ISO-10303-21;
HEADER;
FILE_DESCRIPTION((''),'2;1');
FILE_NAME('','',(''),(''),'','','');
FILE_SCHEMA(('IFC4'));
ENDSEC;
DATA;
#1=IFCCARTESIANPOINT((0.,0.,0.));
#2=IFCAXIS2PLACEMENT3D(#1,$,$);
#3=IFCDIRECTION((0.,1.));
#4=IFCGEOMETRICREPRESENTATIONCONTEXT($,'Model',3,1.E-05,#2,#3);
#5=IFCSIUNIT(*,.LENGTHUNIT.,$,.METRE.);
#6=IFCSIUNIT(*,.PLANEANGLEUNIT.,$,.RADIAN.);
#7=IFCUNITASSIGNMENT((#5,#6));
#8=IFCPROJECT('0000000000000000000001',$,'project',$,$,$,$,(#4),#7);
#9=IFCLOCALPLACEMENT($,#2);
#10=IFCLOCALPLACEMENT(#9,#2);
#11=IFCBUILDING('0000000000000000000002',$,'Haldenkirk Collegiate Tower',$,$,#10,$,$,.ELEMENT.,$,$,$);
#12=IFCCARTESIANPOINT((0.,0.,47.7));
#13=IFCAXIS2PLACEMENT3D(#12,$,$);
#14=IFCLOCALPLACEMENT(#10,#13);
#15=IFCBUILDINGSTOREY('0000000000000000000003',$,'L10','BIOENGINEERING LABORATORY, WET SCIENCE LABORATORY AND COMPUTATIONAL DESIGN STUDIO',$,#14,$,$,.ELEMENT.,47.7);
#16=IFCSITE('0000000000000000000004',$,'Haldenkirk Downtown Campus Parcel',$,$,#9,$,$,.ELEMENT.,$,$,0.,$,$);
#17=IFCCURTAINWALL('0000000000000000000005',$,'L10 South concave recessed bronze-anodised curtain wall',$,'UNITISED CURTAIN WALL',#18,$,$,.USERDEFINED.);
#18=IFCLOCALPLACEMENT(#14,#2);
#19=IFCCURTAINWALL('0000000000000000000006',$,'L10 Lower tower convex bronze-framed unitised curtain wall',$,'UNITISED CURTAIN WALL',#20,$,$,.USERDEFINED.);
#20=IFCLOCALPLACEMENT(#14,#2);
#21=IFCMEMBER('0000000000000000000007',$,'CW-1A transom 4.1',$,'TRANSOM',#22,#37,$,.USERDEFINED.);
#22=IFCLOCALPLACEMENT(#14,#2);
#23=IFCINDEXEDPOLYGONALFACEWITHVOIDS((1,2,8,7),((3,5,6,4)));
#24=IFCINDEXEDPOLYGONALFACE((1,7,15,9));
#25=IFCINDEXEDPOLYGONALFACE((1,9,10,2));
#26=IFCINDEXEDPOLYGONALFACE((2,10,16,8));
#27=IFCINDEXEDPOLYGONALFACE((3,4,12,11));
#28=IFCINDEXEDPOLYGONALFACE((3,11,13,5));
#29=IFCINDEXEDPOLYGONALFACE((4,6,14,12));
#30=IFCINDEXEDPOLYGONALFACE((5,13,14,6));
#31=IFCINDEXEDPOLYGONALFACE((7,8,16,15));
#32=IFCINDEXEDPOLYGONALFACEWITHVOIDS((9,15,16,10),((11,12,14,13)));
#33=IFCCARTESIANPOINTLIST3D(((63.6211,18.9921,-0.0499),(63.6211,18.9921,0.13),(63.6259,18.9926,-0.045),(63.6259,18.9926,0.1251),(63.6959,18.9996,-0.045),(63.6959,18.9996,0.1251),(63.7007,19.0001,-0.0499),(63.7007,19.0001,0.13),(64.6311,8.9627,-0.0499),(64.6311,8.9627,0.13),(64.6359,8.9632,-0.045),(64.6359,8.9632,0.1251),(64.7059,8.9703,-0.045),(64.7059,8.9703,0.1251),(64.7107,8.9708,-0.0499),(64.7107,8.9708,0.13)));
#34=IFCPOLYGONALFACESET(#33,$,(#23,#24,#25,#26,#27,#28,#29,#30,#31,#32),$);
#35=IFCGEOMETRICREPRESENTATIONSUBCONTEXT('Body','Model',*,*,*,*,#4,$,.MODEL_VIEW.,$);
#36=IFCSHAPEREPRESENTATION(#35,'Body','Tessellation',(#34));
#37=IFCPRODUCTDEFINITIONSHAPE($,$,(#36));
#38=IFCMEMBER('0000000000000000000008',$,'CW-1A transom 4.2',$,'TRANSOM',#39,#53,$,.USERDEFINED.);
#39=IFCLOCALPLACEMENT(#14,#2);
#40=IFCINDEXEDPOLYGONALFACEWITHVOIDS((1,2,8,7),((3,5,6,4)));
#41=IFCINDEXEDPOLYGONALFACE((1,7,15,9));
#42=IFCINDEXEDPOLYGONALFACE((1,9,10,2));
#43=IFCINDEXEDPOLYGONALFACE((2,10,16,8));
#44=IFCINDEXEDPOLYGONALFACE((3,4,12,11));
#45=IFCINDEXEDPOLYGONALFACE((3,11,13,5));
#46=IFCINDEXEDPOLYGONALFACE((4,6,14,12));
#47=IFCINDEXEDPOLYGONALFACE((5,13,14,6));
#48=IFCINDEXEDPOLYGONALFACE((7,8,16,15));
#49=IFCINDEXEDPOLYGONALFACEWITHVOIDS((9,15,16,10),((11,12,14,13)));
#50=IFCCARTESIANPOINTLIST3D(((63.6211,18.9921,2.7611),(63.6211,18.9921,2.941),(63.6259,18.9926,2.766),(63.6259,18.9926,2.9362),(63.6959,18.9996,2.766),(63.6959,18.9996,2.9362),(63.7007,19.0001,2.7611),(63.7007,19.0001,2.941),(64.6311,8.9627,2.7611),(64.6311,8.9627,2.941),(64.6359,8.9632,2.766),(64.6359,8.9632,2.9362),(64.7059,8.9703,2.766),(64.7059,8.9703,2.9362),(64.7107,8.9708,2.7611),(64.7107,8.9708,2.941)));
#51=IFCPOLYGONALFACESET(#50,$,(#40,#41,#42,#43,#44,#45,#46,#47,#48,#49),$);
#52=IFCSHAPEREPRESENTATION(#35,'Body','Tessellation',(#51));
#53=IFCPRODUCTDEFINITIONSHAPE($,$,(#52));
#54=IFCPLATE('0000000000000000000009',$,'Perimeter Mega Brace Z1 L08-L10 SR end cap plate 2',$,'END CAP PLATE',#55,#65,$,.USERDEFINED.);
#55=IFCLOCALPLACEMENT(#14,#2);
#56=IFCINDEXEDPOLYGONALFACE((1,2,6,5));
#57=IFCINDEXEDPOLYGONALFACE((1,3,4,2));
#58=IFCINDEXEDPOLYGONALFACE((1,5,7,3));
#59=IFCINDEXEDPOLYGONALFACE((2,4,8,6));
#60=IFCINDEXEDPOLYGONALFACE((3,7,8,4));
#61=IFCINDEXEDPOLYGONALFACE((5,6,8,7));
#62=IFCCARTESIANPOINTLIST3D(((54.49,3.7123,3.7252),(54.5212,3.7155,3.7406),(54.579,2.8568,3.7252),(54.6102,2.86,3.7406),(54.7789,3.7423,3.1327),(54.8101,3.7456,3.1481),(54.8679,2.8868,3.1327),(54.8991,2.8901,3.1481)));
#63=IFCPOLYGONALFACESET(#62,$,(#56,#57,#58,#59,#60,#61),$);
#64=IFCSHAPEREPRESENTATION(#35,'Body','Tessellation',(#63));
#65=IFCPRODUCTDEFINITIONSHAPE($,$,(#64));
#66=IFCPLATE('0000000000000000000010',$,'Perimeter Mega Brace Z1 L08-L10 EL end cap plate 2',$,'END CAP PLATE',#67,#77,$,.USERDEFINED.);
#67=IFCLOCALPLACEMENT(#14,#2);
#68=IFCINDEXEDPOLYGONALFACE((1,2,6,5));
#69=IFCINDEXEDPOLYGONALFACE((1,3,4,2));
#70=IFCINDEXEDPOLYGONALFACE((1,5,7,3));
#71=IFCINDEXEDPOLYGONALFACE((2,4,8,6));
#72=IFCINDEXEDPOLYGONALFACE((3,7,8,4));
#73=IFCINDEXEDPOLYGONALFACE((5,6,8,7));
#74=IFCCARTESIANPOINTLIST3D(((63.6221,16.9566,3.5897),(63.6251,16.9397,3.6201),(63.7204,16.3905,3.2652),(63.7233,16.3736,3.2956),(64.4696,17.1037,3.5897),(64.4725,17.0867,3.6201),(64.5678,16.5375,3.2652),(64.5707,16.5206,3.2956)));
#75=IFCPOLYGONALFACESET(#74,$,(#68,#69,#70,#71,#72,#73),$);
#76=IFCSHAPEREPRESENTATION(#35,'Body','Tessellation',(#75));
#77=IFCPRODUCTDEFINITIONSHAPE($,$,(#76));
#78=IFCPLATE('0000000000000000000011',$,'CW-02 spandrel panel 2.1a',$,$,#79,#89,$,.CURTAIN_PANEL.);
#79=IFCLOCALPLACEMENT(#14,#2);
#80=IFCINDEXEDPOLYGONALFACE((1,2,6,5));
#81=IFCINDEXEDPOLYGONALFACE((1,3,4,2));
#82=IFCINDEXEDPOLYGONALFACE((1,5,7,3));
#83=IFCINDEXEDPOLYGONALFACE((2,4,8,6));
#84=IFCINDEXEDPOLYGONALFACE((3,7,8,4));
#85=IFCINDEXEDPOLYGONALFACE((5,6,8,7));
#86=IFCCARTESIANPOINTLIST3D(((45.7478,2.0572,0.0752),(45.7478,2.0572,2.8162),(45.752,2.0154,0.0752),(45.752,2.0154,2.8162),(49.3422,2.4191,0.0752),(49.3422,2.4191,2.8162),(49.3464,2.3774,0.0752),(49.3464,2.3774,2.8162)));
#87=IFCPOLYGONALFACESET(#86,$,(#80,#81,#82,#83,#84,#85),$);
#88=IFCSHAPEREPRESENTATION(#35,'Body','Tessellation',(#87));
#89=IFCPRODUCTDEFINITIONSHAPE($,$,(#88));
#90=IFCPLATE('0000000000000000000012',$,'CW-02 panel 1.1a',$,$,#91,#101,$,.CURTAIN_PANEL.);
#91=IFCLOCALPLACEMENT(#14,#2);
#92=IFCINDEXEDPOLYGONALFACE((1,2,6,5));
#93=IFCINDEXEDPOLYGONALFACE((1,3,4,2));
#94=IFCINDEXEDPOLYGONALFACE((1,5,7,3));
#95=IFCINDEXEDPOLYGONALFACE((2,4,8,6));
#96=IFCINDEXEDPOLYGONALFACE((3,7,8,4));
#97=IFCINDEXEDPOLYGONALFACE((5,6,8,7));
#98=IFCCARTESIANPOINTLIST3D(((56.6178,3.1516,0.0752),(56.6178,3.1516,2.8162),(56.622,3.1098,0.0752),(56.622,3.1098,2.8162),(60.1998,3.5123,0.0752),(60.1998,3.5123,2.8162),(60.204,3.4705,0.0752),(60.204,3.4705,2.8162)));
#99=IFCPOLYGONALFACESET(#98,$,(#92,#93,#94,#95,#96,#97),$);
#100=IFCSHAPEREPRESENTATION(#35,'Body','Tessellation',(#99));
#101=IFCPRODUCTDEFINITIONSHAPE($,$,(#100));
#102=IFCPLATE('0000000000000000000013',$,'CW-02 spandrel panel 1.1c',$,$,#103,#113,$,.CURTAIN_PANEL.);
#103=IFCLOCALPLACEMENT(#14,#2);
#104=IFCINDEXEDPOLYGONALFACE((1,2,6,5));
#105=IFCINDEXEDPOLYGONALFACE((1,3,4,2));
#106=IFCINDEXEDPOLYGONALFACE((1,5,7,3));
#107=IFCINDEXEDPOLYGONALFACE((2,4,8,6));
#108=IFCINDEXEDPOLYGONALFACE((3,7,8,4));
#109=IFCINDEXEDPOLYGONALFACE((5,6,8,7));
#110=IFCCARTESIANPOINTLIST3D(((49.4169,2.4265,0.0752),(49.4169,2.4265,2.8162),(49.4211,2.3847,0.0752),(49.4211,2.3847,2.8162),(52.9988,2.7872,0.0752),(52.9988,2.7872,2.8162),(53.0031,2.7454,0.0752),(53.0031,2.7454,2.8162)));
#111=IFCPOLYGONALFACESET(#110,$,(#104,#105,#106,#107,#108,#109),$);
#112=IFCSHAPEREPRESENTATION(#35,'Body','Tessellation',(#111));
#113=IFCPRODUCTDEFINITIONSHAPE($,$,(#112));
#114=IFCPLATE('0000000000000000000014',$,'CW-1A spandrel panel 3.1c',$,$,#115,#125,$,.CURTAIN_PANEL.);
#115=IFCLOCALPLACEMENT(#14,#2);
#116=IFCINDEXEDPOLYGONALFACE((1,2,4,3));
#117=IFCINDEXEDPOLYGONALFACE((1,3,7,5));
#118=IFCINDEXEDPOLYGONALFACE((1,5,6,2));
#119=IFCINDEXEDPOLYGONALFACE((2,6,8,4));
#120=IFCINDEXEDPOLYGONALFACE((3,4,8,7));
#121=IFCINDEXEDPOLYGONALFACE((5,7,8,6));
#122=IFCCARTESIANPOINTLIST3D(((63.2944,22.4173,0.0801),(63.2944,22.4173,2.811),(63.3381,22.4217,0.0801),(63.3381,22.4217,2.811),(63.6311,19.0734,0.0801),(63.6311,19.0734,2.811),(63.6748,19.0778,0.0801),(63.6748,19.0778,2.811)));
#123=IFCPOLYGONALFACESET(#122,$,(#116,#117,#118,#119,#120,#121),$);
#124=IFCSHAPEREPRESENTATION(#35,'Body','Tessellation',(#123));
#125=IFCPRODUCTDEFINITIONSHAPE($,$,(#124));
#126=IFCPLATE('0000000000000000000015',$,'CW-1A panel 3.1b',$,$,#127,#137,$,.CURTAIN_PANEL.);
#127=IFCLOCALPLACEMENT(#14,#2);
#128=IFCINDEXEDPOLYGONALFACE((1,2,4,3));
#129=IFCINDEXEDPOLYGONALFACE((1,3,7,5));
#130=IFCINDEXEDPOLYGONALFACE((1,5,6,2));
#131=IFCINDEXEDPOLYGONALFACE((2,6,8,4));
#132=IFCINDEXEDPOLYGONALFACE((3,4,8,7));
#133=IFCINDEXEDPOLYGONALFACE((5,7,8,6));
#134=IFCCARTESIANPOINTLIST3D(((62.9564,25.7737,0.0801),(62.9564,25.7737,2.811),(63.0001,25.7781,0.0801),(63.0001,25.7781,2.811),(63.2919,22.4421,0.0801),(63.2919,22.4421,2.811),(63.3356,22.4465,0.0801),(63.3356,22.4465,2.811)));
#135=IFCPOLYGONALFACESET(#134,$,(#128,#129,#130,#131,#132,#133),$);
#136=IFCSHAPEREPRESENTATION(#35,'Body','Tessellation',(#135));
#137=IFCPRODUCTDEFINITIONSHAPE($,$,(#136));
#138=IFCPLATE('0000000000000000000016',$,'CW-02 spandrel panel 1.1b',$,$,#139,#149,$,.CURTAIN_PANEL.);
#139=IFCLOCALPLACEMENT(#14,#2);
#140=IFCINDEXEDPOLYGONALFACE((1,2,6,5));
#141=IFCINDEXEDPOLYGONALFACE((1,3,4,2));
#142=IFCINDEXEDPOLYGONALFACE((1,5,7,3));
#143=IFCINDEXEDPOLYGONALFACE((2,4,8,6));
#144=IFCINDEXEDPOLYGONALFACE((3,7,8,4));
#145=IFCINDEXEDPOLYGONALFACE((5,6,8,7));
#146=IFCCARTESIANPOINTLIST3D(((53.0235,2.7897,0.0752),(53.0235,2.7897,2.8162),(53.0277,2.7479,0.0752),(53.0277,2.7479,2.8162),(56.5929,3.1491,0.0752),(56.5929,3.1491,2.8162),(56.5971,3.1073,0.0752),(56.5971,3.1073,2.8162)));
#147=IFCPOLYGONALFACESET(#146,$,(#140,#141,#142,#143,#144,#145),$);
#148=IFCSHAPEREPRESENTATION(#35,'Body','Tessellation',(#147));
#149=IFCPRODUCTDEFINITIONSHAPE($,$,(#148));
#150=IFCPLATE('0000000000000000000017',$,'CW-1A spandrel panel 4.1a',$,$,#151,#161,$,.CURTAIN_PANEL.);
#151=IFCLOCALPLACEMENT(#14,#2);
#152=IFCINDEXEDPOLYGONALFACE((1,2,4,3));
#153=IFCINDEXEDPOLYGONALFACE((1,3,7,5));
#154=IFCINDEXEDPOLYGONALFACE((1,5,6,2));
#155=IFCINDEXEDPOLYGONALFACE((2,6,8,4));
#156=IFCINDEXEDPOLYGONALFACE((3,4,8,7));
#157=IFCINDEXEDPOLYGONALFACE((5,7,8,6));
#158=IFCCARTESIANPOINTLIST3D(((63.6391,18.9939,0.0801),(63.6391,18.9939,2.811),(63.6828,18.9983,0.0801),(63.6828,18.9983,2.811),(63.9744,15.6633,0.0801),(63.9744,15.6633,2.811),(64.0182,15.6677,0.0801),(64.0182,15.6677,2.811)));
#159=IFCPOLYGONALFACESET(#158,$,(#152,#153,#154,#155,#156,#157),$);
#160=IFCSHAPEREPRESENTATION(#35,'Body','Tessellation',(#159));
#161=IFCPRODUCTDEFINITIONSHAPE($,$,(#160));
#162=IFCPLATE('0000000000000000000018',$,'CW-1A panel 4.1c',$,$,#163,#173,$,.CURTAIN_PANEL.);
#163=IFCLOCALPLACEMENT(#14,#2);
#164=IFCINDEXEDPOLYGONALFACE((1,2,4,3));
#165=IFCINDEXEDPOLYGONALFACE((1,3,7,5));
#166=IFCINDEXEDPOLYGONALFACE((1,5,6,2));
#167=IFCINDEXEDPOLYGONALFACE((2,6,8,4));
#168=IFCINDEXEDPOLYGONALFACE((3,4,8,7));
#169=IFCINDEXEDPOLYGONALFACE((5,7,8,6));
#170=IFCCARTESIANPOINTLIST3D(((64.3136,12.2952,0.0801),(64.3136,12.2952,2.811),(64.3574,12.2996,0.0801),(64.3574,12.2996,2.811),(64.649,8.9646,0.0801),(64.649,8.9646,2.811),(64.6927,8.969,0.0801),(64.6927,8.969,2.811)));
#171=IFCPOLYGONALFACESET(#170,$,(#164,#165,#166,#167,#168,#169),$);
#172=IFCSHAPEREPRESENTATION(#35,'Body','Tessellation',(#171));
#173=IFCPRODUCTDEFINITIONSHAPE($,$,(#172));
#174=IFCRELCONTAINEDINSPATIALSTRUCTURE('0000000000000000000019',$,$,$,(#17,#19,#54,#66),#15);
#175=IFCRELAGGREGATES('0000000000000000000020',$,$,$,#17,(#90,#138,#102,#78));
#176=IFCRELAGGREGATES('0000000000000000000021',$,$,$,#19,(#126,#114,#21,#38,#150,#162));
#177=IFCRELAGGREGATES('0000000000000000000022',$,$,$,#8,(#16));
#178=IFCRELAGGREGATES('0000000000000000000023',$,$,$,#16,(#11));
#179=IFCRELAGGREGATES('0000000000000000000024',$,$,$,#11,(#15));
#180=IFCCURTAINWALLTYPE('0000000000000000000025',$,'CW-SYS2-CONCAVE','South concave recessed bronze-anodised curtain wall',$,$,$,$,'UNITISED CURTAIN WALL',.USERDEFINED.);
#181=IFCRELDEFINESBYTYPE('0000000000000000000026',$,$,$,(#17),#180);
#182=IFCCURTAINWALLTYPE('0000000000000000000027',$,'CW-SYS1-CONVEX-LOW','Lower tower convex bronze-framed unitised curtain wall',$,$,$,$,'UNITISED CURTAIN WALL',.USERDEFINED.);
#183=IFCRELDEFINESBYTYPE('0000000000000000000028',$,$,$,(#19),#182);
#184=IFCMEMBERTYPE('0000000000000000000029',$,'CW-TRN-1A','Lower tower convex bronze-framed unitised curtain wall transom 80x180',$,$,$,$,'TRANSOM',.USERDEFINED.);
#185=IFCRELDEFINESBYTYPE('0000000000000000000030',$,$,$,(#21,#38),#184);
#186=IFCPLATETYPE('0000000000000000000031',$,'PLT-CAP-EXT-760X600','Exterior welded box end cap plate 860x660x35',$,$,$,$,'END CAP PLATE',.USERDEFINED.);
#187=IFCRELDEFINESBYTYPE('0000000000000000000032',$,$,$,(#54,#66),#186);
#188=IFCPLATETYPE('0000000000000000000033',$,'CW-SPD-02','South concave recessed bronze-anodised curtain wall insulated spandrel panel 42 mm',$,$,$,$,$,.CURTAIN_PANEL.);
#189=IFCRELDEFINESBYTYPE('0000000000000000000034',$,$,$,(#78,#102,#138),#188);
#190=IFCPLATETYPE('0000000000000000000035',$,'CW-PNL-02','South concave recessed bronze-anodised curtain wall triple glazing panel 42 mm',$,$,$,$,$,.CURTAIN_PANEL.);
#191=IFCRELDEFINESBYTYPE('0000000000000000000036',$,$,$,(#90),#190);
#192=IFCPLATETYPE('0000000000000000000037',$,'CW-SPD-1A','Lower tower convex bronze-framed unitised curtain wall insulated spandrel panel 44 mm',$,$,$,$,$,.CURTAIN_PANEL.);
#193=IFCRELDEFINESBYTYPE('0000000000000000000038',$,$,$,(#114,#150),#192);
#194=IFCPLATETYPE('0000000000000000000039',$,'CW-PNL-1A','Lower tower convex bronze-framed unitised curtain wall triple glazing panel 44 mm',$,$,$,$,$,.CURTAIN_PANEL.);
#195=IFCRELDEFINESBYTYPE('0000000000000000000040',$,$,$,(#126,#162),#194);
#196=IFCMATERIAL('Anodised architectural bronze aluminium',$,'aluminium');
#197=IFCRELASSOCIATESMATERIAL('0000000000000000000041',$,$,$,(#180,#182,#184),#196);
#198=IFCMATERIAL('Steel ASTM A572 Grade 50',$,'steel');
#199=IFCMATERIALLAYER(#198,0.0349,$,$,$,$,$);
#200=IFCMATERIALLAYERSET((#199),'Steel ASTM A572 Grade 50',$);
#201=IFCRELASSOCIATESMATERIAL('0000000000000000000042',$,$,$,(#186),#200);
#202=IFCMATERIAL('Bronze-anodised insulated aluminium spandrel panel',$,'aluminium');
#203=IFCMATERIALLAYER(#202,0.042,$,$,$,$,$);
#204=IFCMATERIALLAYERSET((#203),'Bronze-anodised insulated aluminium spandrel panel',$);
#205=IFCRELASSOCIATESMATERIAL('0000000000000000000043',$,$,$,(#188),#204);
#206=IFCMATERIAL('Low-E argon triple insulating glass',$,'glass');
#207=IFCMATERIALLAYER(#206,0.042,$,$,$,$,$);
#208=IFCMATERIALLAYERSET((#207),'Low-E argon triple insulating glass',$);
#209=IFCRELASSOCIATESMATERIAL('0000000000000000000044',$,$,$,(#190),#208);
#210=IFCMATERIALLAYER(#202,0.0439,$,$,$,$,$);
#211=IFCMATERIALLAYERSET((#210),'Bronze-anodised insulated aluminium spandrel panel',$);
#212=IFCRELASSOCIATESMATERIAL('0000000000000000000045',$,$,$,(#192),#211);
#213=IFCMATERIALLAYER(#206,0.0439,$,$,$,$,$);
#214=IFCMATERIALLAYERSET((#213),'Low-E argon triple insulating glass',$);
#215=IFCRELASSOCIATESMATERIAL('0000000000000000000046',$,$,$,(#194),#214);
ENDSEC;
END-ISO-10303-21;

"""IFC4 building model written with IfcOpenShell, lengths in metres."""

from ifc_helpers import new_model, si_unit, direction, frame, origin, origin_2d, place, context, subcontext, project, spatial, rectangle, hollow_rectangle, extrude, source, transform, mapped, material, layer, layer_set, material_profile, profile_set, type_object, element, aggregate, save


model = new_model("IFC4")

# Units and contexts
model_context = context("Model", 3, precision=1e-05, world=origin(), true_north=direction((0.0, 1.0)))
body_context = subcontext(model_context, "Body", "Model", "MODEL_VIEW")
ifc_project = project(units=[si_unit("LENGTHUNIT", "METRE"), si_unit("PLANEANGLEUNIT", "RADIAN")], contexts=[model_context])

# Site, building, storey
site_placement = place(None, origin())
site = spatial("IfcSite", under=ifc_project, at=site_placement, Name="Haldenkirk Downtown Campus Parcel", CompositionType="ELEMENT", RefElevation=0.0)
building_placement = place(site_placement, origin())
building = spatial("IfcBuilding", under=site, at=building_placement, Name="Haldenkirk Collegiate Tower", CompositionType="ELEMENT")
storey_placement = place(building_placement, frame((0.0, 0.0, 47.7)))
storey = spatial("IfcBuildingStorey", under=building, at=storey_placement, Name="L10", Description="BIOENGINEERING LABORATORY, WET SCIENCE LABORATORY AND COMPUTATIONAL DESIGN STUDIO", CompositionType="ELEMENT", Elevation=47.7)

# Shared definitions
ifc_material_1 = material(Name="Steel ASTM A572 Grade 50", Category="steel")

# Curtain walls
ifc_material_2 = material(Name="Anodised architectural bronze aluminium", Category="aluminium")
curtain_wall_type_1 = type_object("IfcCurtainWallType", Name="CW-SYS2-CONCAVE", Description="South concave recessed bronze-anodised curtain wall", ElementType="UNITISED CURTAIN WALL", PredefinedType="USERDEFINED", material=ifc_material_2)
curtain_wall_1_placement = place(storey_placement, origin())
curtain_wall_1 = element("IfcCurtainWall", 1, at=curtain_wall_1_placement, inside=storey, type_object=curtain_wall_type_1, Name="L10 South concave recessed bronze-anodised curtain wall", ObjectType="UNITISED CURTAIN WALL", PredefinedType="USERDEFINED")
curtain_wall_type_2 = type_object("IfcCurtainWallType", Name="CW-SYS1-CONVEX-LOW", Description="Lower tower convex bronze-framed unitised curtain wall", ElementType="UNITISED CURTAIN WALL", PredefinedType="USERDEFINED", material=ifc_material_2)
curtain_wall_2_placement = place(storey_placement, origin())
curtain_wall_2 = element("IfcCurtainWall", 2, at=curtain_wall_2_placement, inside=storey, type_object=curtain_wall_type_2, Name="L10 Lower tower convex bronze-framed unitised curtain wall", ObjectType="UNITISED CURTAIN WALL", PredefinedType="USERDEFINED")

# Members
ifc_material_profile_1 = material_profile(ifc_material_2, hollow_rectangle(XDim=0.0801, YDim=0.1799, WallThickness=0.0049, at=origin_2d()), Name="CW-TRN-1A")
ifc_profile_set_1 = profile_set([ifc_material_profile_1], Name="Anodised architectural bronze aluminium")
member_type_1 = type_object("IfcMemberType", Name="CW-TRN-1A", Description="Lower tower convex bronze-framed unitised curtain wall transom 80x180", ElementType="TRANSOM", PredefinedType="USERDEFINED", material=ifc_profile_set_1)
member_1_placement = place(storey_placement, frame((63.6609, 18.9961, 0.04), z_axis=(0.100199, -0.994967, 0.0), x_axis=(0.994967, 0.100199, 0.0)))
member_1 = element("IfcMember", 3, at=member_1_placement, type_object=member_type_1, Name="CW-1A transom 4.1", ObjectType="TRANSOM", PredefinedType="USERDEFINED", context=body_context, shape_type="SweptSolid", body=[
    extrude(hollow_rectangle(XDim=0.0801, YDim=0.1799, WallThickness=0.0049, at=origin_2d()), origin(), (0.0, 0.0, 1.0), 10.0801),
])
member_2_placement = place(storey_placement, frame((63.6609, 18.9961, 2.8511), z_axis=(0.100199, -0.994967, 0.0), x_axis=(0.994967, 0.100199, 0.0)))
member_2 = element("IfcMember", 4, at=member_2_placement, type_object=member_type_1, Name="CW-1A transom 4.2", ObjectType="TRANSOM", PredefinedType="USERDEFINED", context=body_context, shape_type="SweptSolid", body=[
    extrude(hollow_rectangle(XDim=0.0801, YDim=0.1799, WallThickness=0.0049, at=origin_2d()), origin(), (0.0, 0.0, 1.0), 10.0801),
])

# Plates
ifc_layer_1 = layer(ifc_material_1, 0.0349)
ifc_layer_set_1 = layer_set([ifc_layer_1], Name="Steel ASTM A572 Grade 50")
plate_type_1 = type_object("IfcPlateType", Name="PLT-CAP-EXT-760X600", Description="Exterior welded box end cap plate 860x660x35", ElementType="END CAP PLATE", PredefinedType="USERDEFINED", material=ifc_layer_set_1)
shared_shape_1 = source(origin(), body_context, "Body", "SweptSolid", [
    extrude(rectangle(XDim=0.8601, YDim=0.6599, at=origin_2d()), origin(), (0.0, 0.0, 1.0), 0.0349),
])
for number, where, z_axis, x_axis, name in (
    (5, (54.679, 3.2996, 3.429), (0.893068, 0.092916, 0.440222), (-0.103483, 0.994631, 0.0), "Perimeter Mega Brace Z1 L08-L10 SR end cap plate 2"),
    (6, (64.095, 16.7471, 3.4275), (0.084063, -0.484509, 0.870738), (0.98528, 0.170947, 0.0), "Perimeter Mega Brace Z1 L08-L10 EL end cap plate 2"),
):
    element("IfcPlate", number, at=place(storey_placement, frame(where, z_axis=z_axis, x_axis=x_axis)), inside=storey, type_object=plate_type_1, Name=name, ObjectType="END CAP PLATE", PredefinedType="USERDEFINED", context=body_context, shape_type="MappedRepresentation", body=[
        mapped(shared_shape_1, transform((0.0, 0.0, 0.0), x_axis=(1.0, 0.0, 0.0), y_axis=(0.0, 1.0, 0.0), z_axis=(0.0, 0.0, 1.0), scale=1.0)),
    ])

# Plates
ifc_material_3 = material(Name="Bronze-anodised insulated aluminium spandrel panel", Category="aluminium")
ifc_layer_2 = layer(ifc_material_3, 0.042)
ifc_layer_set_2 = layer_set([ifc_layer_2], Name="Bronze-anodised insulated aluminium spandrel panel")
plate_type_2 = type_object("IfcPlateType", Name="CW-SPD-02", Description="South concave recessed bronze-anodised curtain wall insulated spandrel panel 42 mm", PredefinedType="CURTAIN_PANEL", material=ifc_layer_set_2)
shared_shape_2 = source(origin(), body_context, "Body", "SweptSolid", [
    extrude(rectangle(XDim=3.6125, YDim=0.042, at=origin_2d()), origin(), (0.0, 0.0, 1.0), 2.741),
])
plate_1_placement = place(storey_placement, frame((47.5471, 2.2173, 0.0752), z_axis=(0.0, 0.0, 1.0), x_axis=(-0.994969, -0.100187, 0.0)))
plate_1 = element("IfcPlate", 7, at=plate_1_placement, type_object=plate_type_2, Name="CW-02 spandrel panel 2.1a", PredefinedType="CURTAIN_PANEL", context=body_context, shape_type="MappedRepresentation", body=[
    mapped(shared_shape_2, transform((0.0, 0.0, 0.0), x_axis=(1.0, 0.0, 0.0), y_axis=(0.0, 1.0, 0.0), z_axis=(0.0, 0.0, 1.0), scale=1.0)),
])
ifc_material_4 = material(Name="Low-E argon triple insulating glass", Category="glass")
ifc_layer_3 = layer(ifc_material_4, 0.042)
ifc_layer_set_3 = layer_set([ifc_layer_3], Name="Low-E argon triple insulating glass")
plate_type_3 = type_object("IfcPlateType", Name="CW-PNL-02", Description="South concave recessed bronze-anodised curtain wall triple glazing panel 42 mm", PredefinedType="CURTAIN_PANEL", material=ifc_layer_set_3)
shared_shape_3 = source(origin(), body_context, "Body", "SweptSolid", [
    extrude(rectangle(XDim=3.6001, YDim=0.042, at=origin_2d()), origin(), (0.0, 0.0, 1.0), 2.741),
])
plate_2_placement = place(storey_placement, frame((58.4109, 3.311, 0.0752), z_axis=(0.0, 0.0, 1.0), x_axis=(-0.994969, -0.100187, 0.0)))
plate_2 = element("IfcPlate", 8, at=plate_2_placement, type_object=plate_type_3, Name="CW-02 panel 1.1a", PredefinedType="CURTAIN_PANEL", context=body_context, shape_type="MappedRepresentation", body=[
    mapped(shared_shape_3, transform((0.0, 0.0, 0.0), x_axis=(1.0, 0.0, 0.0), y_axis=(0.0, 1.0, 0.0), z_axis=(0.0, 0.0, 1.0), scale=1.0)),
])
plate_3_placement = place(storey_placement, frame((51.21, 2.5859, 0.0752), z_axis=(0.0, 0.0, 1.0), x_axis=(-0.994969, -0.100187, 0.0)))
plate_3 = element("IfcPlate", 9, at=plate_3_placement, type_object=plate_type_2, Name="CW-02 spandrel panel 1.1c", PredefinedType="CURTAIN_PANEL", context=body_context, shape_type="MappedRepresentation", body=[
    mapped(shared_shape_3, transform((0.0, 0.0, 0.0), x_axis=(1.0, 0.0, 0.0), y_axis=(0.0, 1.0, 0.0), z_axis=(0.0, 0.0, 1.0), scale=1.0)),
])
ifc_layer_4 = layer(ifc_material_3, 0.0439)
ifc_layer_set_4 = layer_set([ifc_layer_4], Name="Bronze-anodised insulated aluminium spandrel panel")
plate_type_4 = type_object("IfcPlateType", Name="CW-SPD-1A", Description="Lower tower convex bronze-framed unitised curtain wall insulated spandrel panel 44 mm", PredefinedType="CURTAIN_PANEL", material=ifc_layer_set_4)
shared_shape_4 = source(origin(), body_context, "Body", "SweptSolid", [
    extrude(rectangle(XDim=3.3608, YDim=0.0439, at=origin_2d()), origin(), (0.0, 0.0, 1.0), 2.731),
])
plate_4_placement = place(storey_placement, frame((63.4846, 20.7476, 0.0801), z_axis=(0.0, 0.0, 1.0), x_axis=(0.100186, -0.994969, 0.0)))
plate_4 = element("IfcPlate", 10, at=plate_4_placement, type_object=plate_type_4, Name="CW-1A spandrel panel 3.1c", PredefinedType="CURTAIN_PANEL", context=body_context, shape_type="MappedRepresentation", body=[
    mapped(shared_shape_4, transform((0.0, 0.0, 0.0), x_axis=(1.0, 0.0, 0.0), y_axis=(0.0, 1.0, 0.0), z_axis=(0.0, 0.0, 1.0), scale=1.0)),
])
ifc_layer_5 = layer(ifc_material_4, 0.0439)
ifc_layer_set_5 = layer_set([ifc_layer_5], Name="Low-E argon triple insulating glass")
plate_type_5 = type_object("IfcPlateType", Name="CW-PNL-1A", Description="Lower tower convex bronze-framed unitised curtain wall triple glazing panel 44 mm", PredefinedType="CURTAIN_PANEL", material=ifc_layer_set_5)
shared_shape_5 = source(origin(), body_context, "Body", "SweptSolid", [
    extrude(rectangle(XDim=3.3484, YDim=0.0439, at=origin_2d()), origin(), (0.0, 0.0, 1.0), 2.731),
])
plate_5_placement = place(storey_placement, frame((63.146, 24.1101, 0.0801), z_axis=(0.0, 0.0, 1.0), x_axis=(0.100186, -0.994969, 0.0)))
plate_5 = element("IfcPlate", 11, at=plate_5_placement, type_object=plate_type_5, Name="CW-1A panel 3.1b", PredefinedType="CURTAIN_PANEL", context=body_context, shape_type="MappedRepresentation", body=[
    mapped(shared_shape_5, transform((0.0, 0.0, 0.0), x_axis=(1.0, 0.0, 0.0), y_axis=(0.0, 1.0, 0.0), z_axis=(0.0, 0.0, 1.0), scale=1.0)),
])
shared_shape_6 = source(origin(), body_context, "Body", "SweptSolid", [
    extrude(rectangle(XDim=3.5874, YDim=0.042, at=origin_2d()), origin(), (0.0, 0.0, 1.0), 2.741),
])
plate_6_placement = place(storey_placement, frame((54.8103, 2.9485, 0.0752), z_axis=(0.0, 0.0, 1.0), x_axis=(-0.994969, -0.100187, 0.0)))
plate_6 = element("IfcPlate", 12, at=plate_6_placement, type_object=plate_type_2, Name="CW-02 spandrel panel 1.1b", PredefinedType="CURTAIN_PANEL", context=body_context, shape_type="MappedRepresentation", body=[
    mapped(shared_shape_6, transform((0.0, 0.0, 0.0), x_axis=(1.0, 0.0, 0.0), y_axis=(0.0, 1.0, 0.0), z_axis=(0.0, 0.0, 1.0), scale=1.0)),
])
aggregate(curtain_wall_1, [plate_2, plate_6, plate_3, plate_1])
shared_shape_7 = source(origin(), body_context, "Body", "SweptSolid", [
    extrude(rectangle(XDim=3.3474, YDim=0.0439, at=origin_2d()), origin(), (0.0, 0.0, 1.0), 2.731),
])
plate_7_placement = place(storey_placement, frame((63.8286, 17.3308, 0.0801), z_axis=(0.0, 0.0, 1.0), x_axis=(0.100186, -0.994969, 0.0)))
plate_7 = element("IfcPlate", 13, at=plate_7_placement, type_object=plate_type_4, Name="CW-1A spandrel panel 4.1a", PredefinedType="CURTAIN_PANEL", context=body_context, shape_type="MappedRepresentation", body=[
    mapped(shared_shape_7, transform((0.0, 0.0, 0.0), x_axis=(1.0, 0.0, 0.0), y_axis=(0.0, 1.0, 0.0), z_axis=(0.0, 0.0, 1.0), scale=1.0)),
])
plate_8_placement = place(storey_placement, frame((64.5032, 10.6321, 0.0801), z_axis=(0.0, 0.0, 1.0), x_axis=(0.100186, -0.994969, 0.0)))
plate_8 = element("IfcPlate", 14, at=plate_8_placement, type_object=plate_type_5, Name="CW-1A panel 4.1c", PredefinedType="CURTAIN_PANEL", context=body_context, shape_type="MappedRepresentation", body=[
    mapped(shared_shape_7, transform((0.0, 0.0, 0.0), x_axis=(1.0, 0.0, 0.0), y_axis=(0.0, 1.0, 0.0), z_axis=(0.0, 0.0, 1.0), scale=1.0)),
])
aggregate(curtain_wall_2, [plate_5, plate_4, member_1, member_2, plate_7, plate_8])

save(model, "model.ifc")
